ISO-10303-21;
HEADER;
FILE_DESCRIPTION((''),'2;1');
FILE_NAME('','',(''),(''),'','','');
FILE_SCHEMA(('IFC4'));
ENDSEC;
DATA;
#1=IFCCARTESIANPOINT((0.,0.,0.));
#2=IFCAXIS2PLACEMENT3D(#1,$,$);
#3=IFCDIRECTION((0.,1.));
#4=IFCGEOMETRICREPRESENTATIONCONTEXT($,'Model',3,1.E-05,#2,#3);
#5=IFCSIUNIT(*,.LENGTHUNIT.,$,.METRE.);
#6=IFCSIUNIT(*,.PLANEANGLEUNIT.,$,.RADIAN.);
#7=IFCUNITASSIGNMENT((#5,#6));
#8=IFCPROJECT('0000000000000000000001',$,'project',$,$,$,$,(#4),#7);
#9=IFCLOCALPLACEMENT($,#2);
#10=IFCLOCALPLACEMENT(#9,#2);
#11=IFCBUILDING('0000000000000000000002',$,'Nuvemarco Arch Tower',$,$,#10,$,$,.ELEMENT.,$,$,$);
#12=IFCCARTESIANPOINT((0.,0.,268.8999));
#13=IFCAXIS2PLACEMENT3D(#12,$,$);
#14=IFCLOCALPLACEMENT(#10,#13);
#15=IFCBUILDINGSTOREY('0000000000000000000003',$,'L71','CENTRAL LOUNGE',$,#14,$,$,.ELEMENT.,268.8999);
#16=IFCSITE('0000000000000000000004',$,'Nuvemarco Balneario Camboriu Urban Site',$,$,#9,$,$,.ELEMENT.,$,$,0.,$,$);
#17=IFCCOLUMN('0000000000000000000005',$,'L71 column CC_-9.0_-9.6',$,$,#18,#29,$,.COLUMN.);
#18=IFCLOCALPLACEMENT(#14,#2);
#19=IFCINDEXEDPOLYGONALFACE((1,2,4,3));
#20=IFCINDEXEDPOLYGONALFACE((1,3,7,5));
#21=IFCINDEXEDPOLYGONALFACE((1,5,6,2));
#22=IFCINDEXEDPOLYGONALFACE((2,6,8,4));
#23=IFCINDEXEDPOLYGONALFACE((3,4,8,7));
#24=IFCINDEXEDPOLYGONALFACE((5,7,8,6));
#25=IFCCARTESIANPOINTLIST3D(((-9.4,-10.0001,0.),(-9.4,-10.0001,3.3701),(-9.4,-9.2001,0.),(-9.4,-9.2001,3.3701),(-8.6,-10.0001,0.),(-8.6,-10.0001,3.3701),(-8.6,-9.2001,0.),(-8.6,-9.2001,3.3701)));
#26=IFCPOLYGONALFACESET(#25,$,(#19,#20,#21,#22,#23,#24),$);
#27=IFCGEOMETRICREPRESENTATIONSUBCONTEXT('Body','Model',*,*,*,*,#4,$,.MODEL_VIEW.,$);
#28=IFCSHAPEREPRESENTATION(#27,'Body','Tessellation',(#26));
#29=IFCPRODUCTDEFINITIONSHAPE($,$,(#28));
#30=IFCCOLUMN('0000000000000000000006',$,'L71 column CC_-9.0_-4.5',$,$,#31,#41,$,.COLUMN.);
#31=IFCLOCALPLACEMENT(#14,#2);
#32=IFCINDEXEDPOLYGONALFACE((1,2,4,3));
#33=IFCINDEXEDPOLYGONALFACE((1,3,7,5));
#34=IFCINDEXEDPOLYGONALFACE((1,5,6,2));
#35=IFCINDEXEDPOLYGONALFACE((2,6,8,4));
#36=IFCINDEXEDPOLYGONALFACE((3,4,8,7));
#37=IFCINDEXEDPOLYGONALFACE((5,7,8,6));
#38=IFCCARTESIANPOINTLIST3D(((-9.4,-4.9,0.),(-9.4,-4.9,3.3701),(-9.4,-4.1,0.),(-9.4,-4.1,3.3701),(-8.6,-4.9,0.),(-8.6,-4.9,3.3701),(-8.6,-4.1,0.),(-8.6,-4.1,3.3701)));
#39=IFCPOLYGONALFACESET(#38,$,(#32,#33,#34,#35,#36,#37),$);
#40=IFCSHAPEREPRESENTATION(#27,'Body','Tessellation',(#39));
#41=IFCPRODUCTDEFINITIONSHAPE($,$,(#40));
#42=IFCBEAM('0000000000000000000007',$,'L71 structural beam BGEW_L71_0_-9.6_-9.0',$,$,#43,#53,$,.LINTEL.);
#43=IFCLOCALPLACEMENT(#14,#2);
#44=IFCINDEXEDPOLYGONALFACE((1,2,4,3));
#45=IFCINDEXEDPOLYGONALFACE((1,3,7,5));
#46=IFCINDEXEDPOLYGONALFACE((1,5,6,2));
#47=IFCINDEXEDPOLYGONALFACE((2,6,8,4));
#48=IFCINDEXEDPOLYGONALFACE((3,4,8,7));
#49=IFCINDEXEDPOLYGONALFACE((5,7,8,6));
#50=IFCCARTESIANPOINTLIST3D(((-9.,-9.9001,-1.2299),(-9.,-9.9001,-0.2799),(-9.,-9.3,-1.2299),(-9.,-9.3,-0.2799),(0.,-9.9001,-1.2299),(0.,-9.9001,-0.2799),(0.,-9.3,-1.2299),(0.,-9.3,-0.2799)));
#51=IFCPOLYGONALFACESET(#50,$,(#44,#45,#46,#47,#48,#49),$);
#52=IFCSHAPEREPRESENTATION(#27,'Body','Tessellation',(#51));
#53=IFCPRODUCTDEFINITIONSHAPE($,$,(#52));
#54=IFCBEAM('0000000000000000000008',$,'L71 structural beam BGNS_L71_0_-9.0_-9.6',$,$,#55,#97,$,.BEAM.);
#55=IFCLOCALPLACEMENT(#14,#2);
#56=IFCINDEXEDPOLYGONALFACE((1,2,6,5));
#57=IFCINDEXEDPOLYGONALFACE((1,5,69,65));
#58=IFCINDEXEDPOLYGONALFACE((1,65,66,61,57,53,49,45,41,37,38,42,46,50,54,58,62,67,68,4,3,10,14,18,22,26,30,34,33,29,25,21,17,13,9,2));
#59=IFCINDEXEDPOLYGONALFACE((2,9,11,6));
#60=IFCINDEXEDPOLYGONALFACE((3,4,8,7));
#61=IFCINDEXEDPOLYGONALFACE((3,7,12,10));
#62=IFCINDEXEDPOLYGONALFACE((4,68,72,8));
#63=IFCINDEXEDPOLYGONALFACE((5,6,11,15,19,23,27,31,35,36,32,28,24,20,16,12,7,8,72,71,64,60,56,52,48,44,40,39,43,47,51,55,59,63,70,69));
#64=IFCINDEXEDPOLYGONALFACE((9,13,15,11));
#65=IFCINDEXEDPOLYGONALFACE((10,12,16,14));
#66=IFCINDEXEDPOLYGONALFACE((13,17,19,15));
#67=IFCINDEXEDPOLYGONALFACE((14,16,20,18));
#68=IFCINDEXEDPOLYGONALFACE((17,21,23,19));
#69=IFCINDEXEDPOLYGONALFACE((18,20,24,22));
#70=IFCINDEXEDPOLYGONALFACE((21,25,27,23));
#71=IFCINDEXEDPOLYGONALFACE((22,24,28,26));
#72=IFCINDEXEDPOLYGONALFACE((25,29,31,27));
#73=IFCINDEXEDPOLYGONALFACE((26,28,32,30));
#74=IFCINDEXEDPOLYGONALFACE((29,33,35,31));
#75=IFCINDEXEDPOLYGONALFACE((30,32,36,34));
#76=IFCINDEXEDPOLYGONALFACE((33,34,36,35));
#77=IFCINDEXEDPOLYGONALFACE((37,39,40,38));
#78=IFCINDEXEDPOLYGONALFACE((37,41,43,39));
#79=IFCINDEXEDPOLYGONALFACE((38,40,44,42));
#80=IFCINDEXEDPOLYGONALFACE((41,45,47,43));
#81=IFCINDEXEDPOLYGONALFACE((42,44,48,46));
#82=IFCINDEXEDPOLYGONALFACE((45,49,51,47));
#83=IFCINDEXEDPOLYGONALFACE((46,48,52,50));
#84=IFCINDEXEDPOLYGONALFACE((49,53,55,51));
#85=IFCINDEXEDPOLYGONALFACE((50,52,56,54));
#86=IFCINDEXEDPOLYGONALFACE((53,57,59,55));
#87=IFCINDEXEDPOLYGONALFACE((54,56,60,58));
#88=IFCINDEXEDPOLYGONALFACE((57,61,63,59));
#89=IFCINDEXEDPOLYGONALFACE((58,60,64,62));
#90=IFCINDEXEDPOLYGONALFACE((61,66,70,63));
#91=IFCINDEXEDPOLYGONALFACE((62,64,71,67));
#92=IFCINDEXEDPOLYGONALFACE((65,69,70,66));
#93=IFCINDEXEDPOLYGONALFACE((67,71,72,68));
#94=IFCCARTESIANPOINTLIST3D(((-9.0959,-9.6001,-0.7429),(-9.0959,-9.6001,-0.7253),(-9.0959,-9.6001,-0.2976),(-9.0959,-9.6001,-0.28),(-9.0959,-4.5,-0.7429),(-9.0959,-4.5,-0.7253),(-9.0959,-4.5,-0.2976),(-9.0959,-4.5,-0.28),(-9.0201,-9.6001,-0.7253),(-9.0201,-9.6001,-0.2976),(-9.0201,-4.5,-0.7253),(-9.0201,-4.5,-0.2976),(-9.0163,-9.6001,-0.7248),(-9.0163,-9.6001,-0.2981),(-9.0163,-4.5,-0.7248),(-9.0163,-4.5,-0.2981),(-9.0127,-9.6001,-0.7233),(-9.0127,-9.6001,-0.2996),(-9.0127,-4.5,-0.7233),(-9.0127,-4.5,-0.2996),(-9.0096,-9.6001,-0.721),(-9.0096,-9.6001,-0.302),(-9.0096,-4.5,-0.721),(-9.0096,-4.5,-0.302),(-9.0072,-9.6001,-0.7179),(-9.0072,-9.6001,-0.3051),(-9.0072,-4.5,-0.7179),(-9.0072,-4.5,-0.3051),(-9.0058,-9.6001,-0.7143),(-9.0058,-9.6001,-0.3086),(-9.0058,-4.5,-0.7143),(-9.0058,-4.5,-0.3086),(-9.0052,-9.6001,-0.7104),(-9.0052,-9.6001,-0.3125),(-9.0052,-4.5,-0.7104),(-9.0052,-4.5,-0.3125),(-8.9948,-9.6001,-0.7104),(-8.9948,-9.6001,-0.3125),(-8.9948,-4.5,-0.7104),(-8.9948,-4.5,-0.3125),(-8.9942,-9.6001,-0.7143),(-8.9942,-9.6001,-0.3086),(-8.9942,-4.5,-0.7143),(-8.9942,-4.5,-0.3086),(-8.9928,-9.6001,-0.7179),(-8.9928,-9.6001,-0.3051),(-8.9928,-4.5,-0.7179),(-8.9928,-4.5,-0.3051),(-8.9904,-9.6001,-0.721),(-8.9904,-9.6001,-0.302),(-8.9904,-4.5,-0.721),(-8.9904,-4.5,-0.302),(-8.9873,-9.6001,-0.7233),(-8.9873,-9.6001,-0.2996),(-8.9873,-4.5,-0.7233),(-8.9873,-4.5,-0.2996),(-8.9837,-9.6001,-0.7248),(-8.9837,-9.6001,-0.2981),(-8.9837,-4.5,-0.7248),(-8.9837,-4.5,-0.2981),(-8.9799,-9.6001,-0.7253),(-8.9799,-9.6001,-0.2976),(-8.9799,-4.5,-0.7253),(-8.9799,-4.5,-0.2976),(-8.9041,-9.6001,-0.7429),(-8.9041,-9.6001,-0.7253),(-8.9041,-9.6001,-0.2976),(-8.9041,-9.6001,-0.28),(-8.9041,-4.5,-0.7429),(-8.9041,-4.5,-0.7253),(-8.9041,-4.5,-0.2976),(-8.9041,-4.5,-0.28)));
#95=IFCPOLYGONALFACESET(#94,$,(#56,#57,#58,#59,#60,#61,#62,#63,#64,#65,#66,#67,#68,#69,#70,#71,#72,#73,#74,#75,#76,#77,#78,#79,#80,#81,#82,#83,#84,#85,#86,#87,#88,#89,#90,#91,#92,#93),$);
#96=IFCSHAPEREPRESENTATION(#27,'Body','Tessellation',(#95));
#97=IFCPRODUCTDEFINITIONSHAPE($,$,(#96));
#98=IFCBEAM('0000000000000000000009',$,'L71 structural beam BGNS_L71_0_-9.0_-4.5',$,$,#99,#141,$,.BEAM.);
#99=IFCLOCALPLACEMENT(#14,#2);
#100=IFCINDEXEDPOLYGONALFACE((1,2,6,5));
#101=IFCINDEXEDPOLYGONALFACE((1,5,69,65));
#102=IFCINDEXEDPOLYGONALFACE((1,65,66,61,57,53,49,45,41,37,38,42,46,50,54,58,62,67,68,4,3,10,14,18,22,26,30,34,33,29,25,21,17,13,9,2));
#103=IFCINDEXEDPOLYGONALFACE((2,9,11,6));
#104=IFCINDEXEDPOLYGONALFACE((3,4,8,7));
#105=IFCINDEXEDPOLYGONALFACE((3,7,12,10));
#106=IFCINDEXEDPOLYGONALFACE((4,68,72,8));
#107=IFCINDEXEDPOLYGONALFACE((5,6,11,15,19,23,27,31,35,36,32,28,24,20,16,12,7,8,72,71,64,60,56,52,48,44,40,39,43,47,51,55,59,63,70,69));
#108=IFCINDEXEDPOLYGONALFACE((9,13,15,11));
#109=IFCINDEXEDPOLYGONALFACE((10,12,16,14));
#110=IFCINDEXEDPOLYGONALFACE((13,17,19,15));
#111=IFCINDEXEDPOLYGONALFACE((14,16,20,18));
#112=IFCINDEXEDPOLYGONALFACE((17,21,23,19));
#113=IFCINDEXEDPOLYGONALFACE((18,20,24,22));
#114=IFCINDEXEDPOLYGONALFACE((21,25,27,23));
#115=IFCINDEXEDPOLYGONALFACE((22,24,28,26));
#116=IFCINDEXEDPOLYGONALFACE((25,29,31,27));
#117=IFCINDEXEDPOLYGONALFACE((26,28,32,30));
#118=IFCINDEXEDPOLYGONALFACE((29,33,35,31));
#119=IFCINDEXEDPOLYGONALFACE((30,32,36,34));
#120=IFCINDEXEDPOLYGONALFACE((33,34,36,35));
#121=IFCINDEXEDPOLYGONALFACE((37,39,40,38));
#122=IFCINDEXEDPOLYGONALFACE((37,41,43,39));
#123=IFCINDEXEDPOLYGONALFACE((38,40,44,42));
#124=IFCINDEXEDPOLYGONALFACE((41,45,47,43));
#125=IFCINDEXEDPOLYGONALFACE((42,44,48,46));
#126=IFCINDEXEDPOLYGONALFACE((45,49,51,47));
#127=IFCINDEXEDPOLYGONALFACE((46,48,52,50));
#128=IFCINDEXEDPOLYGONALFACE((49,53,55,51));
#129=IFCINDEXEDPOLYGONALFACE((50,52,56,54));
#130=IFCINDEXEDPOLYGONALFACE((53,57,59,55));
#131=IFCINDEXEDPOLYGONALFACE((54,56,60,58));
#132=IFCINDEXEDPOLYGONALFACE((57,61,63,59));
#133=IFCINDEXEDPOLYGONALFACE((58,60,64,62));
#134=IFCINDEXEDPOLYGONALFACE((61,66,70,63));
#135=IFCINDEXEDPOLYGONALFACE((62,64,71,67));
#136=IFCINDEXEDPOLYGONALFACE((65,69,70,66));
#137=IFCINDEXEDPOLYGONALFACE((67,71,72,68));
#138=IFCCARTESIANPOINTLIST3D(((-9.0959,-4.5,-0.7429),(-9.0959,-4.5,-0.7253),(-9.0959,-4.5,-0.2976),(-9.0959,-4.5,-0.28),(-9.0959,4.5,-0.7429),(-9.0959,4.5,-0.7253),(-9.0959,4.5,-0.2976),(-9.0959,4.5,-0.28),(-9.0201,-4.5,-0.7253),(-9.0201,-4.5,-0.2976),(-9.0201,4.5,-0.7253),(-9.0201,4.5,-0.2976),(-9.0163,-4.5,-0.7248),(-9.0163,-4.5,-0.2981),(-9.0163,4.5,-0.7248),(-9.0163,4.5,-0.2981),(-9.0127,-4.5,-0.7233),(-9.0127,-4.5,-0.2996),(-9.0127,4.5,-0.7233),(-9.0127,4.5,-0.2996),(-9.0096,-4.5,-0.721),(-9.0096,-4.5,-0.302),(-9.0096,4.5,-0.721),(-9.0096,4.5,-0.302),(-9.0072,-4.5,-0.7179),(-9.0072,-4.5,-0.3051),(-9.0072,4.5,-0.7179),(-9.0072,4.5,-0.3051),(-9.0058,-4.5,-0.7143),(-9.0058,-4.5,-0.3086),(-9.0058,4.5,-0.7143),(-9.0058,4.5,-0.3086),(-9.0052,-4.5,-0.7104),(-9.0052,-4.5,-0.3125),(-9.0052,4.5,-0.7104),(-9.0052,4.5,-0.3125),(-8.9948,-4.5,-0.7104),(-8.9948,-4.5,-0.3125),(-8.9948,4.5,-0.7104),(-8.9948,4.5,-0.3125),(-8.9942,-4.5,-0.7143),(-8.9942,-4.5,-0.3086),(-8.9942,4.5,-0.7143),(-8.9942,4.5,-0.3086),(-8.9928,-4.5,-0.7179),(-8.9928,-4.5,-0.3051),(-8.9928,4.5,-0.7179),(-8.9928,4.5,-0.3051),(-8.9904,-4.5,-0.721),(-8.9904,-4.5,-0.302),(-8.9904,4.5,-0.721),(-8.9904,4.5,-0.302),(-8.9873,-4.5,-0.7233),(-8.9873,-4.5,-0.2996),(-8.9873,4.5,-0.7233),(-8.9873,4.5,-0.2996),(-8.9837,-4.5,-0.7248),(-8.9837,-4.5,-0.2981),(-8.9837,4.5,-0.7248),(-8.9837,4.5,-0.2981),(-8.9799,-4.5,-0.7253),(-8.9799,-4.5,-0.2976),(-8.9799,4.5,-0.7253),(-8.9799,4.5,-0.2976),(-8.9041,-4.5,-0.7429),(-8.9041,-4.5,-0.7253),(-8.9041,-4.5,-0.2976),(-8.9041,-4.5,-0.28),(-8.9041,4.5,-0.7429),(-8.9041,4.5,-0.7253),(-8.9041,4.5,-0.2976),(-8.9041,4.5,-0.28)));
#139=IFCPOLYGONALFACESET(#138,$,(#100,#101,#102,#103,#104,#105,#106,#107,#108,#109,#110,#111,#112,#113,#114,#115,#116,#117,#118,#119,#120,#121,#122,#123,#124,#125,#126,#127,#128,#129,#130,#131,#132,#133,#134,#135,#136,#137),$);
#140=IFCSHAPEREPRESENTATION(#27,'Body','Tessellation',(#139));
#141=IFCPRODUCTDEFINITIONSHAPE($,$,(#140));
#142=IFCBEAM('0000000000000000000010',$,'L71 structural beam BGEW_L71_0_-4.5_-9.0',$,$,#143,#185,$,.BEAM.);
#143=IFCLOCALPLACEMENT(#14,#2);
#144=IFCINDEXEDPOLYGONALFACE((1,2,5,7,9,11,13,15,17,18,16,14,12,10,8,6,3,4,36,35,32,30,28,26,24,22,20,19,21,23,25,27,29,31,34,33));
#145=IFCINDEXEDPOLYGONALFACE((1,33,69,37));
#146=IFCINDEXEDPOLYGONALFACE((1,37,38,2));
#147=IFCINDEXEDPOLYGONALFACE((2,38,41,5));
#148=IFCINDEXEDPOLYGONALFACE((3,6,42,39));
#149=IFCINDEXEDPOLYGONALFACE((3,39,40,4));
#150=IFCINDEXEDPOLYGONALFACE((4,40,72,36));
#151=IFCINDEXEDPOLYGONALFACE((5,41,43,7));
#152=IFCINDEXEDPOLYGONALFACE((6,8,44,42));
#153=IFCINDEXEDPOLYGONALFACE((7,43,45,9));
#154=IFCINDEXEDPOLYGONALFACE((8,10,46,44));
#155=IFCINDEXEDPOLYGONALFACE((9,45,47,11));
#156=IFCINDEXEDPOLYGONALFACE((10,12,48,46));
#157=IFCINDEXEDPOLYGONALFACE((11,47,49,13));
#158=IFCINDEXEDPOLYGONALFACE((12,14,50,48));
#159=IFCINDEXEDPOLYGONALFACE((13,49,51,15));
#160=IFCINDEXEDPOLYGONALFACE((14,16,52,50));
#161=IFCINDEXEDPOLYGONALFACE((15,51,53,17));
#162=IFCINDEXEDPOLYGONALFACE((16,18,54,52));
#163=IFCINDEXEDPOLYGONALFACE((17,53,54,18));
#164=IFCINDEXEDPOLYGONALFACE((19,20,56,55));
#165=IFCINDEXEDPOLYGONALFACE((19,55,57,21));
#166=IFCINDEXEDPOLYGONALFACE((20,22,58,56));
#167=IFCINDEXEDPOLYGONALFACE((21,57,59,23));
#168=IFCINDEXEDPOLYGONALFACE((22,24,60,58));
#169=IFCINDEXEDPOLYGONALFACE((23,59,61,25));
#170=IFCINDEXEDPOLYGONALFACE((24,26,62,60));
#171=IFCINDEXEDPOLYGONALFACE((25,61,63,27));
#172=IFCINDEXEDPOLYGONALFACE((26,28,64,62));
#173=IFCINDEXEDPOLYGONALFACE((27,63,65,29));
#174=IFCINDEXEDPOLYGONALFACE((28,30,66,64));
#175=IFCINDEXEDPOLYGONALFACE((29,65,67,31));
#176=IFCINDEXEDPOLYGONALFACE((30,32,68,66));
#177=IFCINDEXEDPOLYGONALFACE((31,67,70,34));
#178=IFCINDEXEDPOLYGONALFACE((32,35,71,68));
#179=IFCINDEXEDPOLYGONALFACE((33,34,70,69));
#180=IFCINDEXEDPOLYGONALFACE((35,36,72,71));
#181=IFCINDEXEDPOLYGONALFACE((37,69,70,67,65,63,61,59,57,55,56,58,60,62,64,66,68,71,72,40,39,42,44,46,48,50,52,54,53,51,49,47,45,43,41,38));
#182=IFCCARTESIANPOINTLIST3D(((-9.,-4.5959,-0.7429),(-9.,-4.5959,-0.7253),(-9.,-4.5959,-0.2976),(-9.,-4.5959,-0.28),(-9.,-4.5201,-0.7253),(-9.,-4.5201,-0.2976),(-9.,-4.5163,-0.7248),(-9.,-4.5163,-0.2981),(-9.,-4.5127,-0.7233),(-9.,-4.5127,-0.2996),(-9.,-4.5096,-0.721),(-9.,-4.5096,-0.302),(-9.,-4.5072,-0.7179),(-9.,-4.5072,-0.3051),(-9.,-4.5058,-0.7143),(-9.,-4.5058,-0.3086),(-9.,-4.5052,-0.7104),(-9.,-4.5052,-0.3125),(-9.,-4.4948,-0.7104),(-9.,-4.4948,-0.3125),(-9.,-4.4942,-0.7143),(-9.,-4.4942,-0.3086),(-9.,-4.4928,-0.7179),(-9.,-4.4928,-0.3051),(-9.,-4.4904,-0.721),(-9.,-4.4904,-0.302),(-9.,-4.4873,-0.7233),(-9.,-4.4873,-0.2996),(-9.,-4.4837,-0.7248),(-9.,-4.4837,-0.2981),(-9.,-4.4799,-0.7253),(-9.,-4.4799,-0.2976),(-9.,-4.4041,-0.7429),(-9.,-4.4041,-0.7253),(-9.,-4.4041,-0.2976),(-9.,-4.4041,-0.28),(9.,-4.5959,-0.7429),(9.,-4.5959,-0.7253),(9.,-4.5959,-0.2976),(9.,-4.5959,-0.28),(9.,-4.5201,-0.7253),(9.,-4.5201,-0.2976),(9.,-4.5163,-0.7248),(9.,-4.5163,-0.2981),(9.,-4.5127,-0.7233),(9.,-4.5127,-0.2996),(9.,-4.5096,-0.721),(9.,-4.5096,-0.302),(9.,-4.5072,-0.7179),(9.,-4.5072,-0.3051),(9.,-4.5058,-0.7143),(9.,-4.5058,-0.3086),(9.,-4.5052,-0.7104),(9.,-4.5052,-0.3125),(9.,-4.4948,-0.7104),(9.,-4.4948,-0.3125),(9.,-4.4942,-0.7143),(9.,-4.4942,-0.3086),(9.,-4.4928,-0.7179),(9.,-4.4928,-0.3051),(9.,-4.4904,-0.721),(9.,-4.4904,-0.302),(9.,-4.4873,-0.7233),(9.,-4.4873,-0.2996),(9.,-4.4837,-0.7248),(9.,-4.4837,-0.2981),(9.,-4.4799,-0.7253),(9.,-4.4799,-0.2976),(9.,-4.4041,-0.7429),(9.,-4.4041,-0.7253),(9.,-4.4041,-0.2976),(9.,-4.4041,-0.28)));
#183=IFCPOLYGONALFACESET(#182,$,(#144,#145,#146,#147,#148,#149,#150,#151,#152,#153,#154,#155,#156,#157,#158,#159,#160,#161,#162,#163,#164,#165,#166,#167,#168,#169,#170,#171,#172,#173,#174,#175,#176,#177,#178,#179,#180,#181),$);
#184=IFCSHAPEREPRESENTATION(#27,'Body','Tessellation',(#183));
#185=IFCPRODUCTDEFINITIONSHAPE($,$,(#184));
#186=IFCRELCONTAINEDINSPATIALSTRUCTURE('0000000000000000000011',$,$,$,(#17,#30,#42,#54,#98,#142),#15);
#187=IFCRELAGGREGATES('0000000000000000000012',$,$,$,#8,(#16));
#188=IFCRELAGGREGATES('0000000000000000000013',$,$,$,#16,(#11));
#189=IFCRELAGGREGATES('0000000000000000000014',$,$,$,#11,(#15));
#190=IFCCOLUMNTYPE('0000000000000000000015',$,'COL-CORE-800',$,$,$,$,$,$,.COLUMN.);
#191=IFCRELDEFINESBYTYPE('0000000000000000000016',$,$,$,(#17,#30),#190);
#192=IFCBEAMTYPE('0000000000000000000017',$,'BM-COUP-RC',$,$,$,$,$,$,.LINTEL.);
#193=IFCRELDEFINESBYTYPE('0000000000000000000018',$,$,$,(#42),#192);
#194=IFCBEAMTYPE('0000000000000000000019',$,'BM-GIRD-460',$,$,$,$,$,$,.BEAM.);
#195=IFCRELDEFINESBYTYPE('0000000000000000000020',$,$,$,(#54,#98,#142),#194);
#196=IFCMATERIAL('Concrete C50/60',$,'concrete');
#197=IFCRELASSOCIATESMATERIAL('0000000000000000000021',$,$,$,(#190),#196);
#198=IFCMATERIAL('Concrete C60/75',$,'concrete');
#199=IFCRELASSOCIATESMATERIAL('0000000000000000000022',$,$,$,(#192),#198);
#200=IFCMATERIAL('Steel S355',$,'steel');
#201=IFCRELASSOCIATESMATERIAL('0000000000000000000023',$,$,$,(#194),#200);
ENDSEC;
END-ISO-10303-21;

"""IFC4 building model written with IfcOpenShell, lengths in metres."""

from ifc_helpers import new_model, si_unit, direction, frame, origin, origin_2d, place, context, subcontext, project, spatial, rectangle, i_section, extrude, material, material_profile, profile_set, type_object, element, save


model = new_model("IFC4")

# Units and contexts
model_context = context("Model", 3, precision=1e-05, world=origin(), true_north=direction((0.0, 1.0)))
body_context = subcontext(model_context, "Body", "Model", "MODEL_VIEW")
ifc_project = project(units=[si_unit("LENGTHUNIT", "METRE"), si_unit("PLANEANGLEUNIT", "RADIAN")], contexts=[model_context])

# Site, building, storey
site_placement = place(None, origin())
site = spatial("IfcSite", under=ifc_project, at=site_placement, Name="Nuvemarco Balneario Camboriu Urban Site", CompositionType="ELEMENT", RefElevation=0.0)
building_placement = place(site_placement, origin())
building = spatial("IfcBuilding", under=site, at=building_placement, Name="Nuvemarco Arch Tower", CompositionType="ELEMENT")
storey_placement = place(building_placement, frame((0.0, 0.0, 268.8999)))
storey = spatial("IfcBuildingStorey", under=building, at=storey_placement, Name="L71", Description="CENTRAL LOUNGE", CompositionType="ELEMENT", Elevation=268.8999)

# Columns
ifc_material_1 = material(Name="Concrete C50/60", Category="concrete")
ifc_material_profile_1 = material_profile(ifc_material_1, rectangle(XDim=0.8, YDim=0.8, at=origin_2d()), Name="RC-COL-800x800")
ifc_profile_set_1 = profile_set([ifc_material_profile_1], Name="Concrete C50/60")
column_type = type_object("IfcColumnType", Name="COL-CORE-800", PredefinedType="COLUMN", material=ifc_profile_set_1)
for number, where, z_axis, x_axis, name in (
    (1, (-9.0, -9.6001, 0.0), (0.0, 0.0, 1.0), (1.0, 0.0, 0.0), "L71 column CC_-9.0_-9.6"),
    (2, (-9.0, -4.5, 0.0), (0.0, 0.0, 1.0), (1.0, 0.0, 0.0), "L71 column CC_-9.0_-4.5"),
):
    element("IfcColumn", number, at=place(storey_placement, frame(where, z_axis=z_axis, x_axis=x_axis)), inside=storey, type_object=column_type, Name=name, PredefinedType="COLUMN", context=body_context, shape_type="SweptSolid", body=[
        extrude(rectangle(XDim=0.8, YDim=0.8, at=origin_2d()), origin(), (0.0, 0.0, 1.0), 3.3701),
    ])

# Beams
ifc_material_2 = material(Name="Concrete C60/75", Category="concrete")
ifc_material_profile_2 = material_profile(ifc_material_2, rectangle(XDim=0.6001, YDim=0.95, at=origin_2d()), Name="RC-BM-600x950")
ifc_profile_set_2 = profile_set([ifc_material_profile_2], Name="Concrete C60/75")
beam_type_1 = type_object("IfcBeamType", Name="BM-COUP-RC", PredefinedType="LINTEL", material=ifc_profile_set_2)
beam_1_placement = place(storey_placement, frame((-9.0, -9.6001, -0.7549), z_axis=(1.0, 0.0, 0.0), x_axis=(0.0, 1.0, 0.0)))
element("IfcBeam", 3, at=beam_1_placement, inside=storey, type_object=beam_type_1, Name="L71 structural beam BGEW_L71_0_-9.6_-9.0", PredefinedType="LINTEL", context=body_context, shape_type="SweptSolid", body=[
    extrude(rectangle(XDim=0.6001, YDim=0.95, at=origin_2d()), origin(), (0.0, 0.0, 1.0), 9.0),
])
ifc_material_3 = material(Name="Steel S355", Category="steel")
ifc_material_profile_3 = material_profile(ifc_material_3, i_section(OverallWidth=0.1919, OverallDepth=0.4629, WebThickness=0.0105, FlangeThickness=0.0176, FilletRadius=0.0149, at=origin_2d()), Name="W460x89")
ifc_profile_set_3 = profile_set([ifc_material_profile_3], Name="Steel S355")
beam_type_2 = type_object("IfcBeamType", Name="BM-GIRD-460", PredefinedType="BEAM", material=ifc_profile_set_3)
beam_2_placement = place(storey_placement, frame((-9.0, -9.6001, -0.5115), z_axis=(0.0, 1.0, 0.0), x_axis=(-1.0, 0.0, 0.0)))
element("IfcBeam", 4, at=beam_2_placement, inside=storey, type_object=beam_type_2, Name="L71 structural beam BGNS_L71_0_-9.0_-9.6", PredefinedType="BEAM", context=body_context, shape_type="SweptSolid", body=[
    extrude(i_section(OverallWidth=0.1919, OverallDepth=0.4629, WebThickness=0.0105, FlangeThickness=0.0176, FilletRadius=0.0149, at=origin_2d()), origin(), (0.0, 0.0, 1.0), 5.1001),
])
beam_3_placement = place(storey_placement, frame((-9.0, -4.5, -0.5115), z_axis=(0.0, 1.0, 0.0), x_axis=(-1.0, 0.0, 0.0)))
element("IfcBeam", 5, at=beam_3_placement, inside=storey, type_object=beam_type_2, Name="L71 structural beam BGNS_L71_0_-9.0_-4.5", PredefinedType="BEAM", context=body_context, shape_type="SweptSolid", body=[
    extrude(i_section(OverallWidth=0.1919, OverallDepth=0.4629, WebThickness=0.0105, FlangeThickness=0.0176, FilletRadius=0.0149, at=origin_2d()), origin(), (0.0, 0.0, 1.0), 9.0),
])
beam_4_placement = place(storey_placement, frame((-9.0, -4.5, -0.5115), z_axis=(1.0, 0.0, 0.0), x_axis=(0.0, 1.0, 0.0)))
element("IfcBeam", 6, at=beam_4_placement, inside=storey, type_object=beam_type_2, Name="L71 structural beam BGEW_L71_0_-4.5_-9.0", PredefinedType="BEAM", context=body_context, shape_type="SweptSolid", body=[
    extrude(i_section(OverallWidth=0.1919, OverallDepth=0.4629, WebThickness=0.0105, FlangeThickness=0.0176, FilletRadius=0.0149, at=origin_2d()), origin(), (0.0, 0.0, 1.0), 18.0),
])

save(model, "model.ifc")
